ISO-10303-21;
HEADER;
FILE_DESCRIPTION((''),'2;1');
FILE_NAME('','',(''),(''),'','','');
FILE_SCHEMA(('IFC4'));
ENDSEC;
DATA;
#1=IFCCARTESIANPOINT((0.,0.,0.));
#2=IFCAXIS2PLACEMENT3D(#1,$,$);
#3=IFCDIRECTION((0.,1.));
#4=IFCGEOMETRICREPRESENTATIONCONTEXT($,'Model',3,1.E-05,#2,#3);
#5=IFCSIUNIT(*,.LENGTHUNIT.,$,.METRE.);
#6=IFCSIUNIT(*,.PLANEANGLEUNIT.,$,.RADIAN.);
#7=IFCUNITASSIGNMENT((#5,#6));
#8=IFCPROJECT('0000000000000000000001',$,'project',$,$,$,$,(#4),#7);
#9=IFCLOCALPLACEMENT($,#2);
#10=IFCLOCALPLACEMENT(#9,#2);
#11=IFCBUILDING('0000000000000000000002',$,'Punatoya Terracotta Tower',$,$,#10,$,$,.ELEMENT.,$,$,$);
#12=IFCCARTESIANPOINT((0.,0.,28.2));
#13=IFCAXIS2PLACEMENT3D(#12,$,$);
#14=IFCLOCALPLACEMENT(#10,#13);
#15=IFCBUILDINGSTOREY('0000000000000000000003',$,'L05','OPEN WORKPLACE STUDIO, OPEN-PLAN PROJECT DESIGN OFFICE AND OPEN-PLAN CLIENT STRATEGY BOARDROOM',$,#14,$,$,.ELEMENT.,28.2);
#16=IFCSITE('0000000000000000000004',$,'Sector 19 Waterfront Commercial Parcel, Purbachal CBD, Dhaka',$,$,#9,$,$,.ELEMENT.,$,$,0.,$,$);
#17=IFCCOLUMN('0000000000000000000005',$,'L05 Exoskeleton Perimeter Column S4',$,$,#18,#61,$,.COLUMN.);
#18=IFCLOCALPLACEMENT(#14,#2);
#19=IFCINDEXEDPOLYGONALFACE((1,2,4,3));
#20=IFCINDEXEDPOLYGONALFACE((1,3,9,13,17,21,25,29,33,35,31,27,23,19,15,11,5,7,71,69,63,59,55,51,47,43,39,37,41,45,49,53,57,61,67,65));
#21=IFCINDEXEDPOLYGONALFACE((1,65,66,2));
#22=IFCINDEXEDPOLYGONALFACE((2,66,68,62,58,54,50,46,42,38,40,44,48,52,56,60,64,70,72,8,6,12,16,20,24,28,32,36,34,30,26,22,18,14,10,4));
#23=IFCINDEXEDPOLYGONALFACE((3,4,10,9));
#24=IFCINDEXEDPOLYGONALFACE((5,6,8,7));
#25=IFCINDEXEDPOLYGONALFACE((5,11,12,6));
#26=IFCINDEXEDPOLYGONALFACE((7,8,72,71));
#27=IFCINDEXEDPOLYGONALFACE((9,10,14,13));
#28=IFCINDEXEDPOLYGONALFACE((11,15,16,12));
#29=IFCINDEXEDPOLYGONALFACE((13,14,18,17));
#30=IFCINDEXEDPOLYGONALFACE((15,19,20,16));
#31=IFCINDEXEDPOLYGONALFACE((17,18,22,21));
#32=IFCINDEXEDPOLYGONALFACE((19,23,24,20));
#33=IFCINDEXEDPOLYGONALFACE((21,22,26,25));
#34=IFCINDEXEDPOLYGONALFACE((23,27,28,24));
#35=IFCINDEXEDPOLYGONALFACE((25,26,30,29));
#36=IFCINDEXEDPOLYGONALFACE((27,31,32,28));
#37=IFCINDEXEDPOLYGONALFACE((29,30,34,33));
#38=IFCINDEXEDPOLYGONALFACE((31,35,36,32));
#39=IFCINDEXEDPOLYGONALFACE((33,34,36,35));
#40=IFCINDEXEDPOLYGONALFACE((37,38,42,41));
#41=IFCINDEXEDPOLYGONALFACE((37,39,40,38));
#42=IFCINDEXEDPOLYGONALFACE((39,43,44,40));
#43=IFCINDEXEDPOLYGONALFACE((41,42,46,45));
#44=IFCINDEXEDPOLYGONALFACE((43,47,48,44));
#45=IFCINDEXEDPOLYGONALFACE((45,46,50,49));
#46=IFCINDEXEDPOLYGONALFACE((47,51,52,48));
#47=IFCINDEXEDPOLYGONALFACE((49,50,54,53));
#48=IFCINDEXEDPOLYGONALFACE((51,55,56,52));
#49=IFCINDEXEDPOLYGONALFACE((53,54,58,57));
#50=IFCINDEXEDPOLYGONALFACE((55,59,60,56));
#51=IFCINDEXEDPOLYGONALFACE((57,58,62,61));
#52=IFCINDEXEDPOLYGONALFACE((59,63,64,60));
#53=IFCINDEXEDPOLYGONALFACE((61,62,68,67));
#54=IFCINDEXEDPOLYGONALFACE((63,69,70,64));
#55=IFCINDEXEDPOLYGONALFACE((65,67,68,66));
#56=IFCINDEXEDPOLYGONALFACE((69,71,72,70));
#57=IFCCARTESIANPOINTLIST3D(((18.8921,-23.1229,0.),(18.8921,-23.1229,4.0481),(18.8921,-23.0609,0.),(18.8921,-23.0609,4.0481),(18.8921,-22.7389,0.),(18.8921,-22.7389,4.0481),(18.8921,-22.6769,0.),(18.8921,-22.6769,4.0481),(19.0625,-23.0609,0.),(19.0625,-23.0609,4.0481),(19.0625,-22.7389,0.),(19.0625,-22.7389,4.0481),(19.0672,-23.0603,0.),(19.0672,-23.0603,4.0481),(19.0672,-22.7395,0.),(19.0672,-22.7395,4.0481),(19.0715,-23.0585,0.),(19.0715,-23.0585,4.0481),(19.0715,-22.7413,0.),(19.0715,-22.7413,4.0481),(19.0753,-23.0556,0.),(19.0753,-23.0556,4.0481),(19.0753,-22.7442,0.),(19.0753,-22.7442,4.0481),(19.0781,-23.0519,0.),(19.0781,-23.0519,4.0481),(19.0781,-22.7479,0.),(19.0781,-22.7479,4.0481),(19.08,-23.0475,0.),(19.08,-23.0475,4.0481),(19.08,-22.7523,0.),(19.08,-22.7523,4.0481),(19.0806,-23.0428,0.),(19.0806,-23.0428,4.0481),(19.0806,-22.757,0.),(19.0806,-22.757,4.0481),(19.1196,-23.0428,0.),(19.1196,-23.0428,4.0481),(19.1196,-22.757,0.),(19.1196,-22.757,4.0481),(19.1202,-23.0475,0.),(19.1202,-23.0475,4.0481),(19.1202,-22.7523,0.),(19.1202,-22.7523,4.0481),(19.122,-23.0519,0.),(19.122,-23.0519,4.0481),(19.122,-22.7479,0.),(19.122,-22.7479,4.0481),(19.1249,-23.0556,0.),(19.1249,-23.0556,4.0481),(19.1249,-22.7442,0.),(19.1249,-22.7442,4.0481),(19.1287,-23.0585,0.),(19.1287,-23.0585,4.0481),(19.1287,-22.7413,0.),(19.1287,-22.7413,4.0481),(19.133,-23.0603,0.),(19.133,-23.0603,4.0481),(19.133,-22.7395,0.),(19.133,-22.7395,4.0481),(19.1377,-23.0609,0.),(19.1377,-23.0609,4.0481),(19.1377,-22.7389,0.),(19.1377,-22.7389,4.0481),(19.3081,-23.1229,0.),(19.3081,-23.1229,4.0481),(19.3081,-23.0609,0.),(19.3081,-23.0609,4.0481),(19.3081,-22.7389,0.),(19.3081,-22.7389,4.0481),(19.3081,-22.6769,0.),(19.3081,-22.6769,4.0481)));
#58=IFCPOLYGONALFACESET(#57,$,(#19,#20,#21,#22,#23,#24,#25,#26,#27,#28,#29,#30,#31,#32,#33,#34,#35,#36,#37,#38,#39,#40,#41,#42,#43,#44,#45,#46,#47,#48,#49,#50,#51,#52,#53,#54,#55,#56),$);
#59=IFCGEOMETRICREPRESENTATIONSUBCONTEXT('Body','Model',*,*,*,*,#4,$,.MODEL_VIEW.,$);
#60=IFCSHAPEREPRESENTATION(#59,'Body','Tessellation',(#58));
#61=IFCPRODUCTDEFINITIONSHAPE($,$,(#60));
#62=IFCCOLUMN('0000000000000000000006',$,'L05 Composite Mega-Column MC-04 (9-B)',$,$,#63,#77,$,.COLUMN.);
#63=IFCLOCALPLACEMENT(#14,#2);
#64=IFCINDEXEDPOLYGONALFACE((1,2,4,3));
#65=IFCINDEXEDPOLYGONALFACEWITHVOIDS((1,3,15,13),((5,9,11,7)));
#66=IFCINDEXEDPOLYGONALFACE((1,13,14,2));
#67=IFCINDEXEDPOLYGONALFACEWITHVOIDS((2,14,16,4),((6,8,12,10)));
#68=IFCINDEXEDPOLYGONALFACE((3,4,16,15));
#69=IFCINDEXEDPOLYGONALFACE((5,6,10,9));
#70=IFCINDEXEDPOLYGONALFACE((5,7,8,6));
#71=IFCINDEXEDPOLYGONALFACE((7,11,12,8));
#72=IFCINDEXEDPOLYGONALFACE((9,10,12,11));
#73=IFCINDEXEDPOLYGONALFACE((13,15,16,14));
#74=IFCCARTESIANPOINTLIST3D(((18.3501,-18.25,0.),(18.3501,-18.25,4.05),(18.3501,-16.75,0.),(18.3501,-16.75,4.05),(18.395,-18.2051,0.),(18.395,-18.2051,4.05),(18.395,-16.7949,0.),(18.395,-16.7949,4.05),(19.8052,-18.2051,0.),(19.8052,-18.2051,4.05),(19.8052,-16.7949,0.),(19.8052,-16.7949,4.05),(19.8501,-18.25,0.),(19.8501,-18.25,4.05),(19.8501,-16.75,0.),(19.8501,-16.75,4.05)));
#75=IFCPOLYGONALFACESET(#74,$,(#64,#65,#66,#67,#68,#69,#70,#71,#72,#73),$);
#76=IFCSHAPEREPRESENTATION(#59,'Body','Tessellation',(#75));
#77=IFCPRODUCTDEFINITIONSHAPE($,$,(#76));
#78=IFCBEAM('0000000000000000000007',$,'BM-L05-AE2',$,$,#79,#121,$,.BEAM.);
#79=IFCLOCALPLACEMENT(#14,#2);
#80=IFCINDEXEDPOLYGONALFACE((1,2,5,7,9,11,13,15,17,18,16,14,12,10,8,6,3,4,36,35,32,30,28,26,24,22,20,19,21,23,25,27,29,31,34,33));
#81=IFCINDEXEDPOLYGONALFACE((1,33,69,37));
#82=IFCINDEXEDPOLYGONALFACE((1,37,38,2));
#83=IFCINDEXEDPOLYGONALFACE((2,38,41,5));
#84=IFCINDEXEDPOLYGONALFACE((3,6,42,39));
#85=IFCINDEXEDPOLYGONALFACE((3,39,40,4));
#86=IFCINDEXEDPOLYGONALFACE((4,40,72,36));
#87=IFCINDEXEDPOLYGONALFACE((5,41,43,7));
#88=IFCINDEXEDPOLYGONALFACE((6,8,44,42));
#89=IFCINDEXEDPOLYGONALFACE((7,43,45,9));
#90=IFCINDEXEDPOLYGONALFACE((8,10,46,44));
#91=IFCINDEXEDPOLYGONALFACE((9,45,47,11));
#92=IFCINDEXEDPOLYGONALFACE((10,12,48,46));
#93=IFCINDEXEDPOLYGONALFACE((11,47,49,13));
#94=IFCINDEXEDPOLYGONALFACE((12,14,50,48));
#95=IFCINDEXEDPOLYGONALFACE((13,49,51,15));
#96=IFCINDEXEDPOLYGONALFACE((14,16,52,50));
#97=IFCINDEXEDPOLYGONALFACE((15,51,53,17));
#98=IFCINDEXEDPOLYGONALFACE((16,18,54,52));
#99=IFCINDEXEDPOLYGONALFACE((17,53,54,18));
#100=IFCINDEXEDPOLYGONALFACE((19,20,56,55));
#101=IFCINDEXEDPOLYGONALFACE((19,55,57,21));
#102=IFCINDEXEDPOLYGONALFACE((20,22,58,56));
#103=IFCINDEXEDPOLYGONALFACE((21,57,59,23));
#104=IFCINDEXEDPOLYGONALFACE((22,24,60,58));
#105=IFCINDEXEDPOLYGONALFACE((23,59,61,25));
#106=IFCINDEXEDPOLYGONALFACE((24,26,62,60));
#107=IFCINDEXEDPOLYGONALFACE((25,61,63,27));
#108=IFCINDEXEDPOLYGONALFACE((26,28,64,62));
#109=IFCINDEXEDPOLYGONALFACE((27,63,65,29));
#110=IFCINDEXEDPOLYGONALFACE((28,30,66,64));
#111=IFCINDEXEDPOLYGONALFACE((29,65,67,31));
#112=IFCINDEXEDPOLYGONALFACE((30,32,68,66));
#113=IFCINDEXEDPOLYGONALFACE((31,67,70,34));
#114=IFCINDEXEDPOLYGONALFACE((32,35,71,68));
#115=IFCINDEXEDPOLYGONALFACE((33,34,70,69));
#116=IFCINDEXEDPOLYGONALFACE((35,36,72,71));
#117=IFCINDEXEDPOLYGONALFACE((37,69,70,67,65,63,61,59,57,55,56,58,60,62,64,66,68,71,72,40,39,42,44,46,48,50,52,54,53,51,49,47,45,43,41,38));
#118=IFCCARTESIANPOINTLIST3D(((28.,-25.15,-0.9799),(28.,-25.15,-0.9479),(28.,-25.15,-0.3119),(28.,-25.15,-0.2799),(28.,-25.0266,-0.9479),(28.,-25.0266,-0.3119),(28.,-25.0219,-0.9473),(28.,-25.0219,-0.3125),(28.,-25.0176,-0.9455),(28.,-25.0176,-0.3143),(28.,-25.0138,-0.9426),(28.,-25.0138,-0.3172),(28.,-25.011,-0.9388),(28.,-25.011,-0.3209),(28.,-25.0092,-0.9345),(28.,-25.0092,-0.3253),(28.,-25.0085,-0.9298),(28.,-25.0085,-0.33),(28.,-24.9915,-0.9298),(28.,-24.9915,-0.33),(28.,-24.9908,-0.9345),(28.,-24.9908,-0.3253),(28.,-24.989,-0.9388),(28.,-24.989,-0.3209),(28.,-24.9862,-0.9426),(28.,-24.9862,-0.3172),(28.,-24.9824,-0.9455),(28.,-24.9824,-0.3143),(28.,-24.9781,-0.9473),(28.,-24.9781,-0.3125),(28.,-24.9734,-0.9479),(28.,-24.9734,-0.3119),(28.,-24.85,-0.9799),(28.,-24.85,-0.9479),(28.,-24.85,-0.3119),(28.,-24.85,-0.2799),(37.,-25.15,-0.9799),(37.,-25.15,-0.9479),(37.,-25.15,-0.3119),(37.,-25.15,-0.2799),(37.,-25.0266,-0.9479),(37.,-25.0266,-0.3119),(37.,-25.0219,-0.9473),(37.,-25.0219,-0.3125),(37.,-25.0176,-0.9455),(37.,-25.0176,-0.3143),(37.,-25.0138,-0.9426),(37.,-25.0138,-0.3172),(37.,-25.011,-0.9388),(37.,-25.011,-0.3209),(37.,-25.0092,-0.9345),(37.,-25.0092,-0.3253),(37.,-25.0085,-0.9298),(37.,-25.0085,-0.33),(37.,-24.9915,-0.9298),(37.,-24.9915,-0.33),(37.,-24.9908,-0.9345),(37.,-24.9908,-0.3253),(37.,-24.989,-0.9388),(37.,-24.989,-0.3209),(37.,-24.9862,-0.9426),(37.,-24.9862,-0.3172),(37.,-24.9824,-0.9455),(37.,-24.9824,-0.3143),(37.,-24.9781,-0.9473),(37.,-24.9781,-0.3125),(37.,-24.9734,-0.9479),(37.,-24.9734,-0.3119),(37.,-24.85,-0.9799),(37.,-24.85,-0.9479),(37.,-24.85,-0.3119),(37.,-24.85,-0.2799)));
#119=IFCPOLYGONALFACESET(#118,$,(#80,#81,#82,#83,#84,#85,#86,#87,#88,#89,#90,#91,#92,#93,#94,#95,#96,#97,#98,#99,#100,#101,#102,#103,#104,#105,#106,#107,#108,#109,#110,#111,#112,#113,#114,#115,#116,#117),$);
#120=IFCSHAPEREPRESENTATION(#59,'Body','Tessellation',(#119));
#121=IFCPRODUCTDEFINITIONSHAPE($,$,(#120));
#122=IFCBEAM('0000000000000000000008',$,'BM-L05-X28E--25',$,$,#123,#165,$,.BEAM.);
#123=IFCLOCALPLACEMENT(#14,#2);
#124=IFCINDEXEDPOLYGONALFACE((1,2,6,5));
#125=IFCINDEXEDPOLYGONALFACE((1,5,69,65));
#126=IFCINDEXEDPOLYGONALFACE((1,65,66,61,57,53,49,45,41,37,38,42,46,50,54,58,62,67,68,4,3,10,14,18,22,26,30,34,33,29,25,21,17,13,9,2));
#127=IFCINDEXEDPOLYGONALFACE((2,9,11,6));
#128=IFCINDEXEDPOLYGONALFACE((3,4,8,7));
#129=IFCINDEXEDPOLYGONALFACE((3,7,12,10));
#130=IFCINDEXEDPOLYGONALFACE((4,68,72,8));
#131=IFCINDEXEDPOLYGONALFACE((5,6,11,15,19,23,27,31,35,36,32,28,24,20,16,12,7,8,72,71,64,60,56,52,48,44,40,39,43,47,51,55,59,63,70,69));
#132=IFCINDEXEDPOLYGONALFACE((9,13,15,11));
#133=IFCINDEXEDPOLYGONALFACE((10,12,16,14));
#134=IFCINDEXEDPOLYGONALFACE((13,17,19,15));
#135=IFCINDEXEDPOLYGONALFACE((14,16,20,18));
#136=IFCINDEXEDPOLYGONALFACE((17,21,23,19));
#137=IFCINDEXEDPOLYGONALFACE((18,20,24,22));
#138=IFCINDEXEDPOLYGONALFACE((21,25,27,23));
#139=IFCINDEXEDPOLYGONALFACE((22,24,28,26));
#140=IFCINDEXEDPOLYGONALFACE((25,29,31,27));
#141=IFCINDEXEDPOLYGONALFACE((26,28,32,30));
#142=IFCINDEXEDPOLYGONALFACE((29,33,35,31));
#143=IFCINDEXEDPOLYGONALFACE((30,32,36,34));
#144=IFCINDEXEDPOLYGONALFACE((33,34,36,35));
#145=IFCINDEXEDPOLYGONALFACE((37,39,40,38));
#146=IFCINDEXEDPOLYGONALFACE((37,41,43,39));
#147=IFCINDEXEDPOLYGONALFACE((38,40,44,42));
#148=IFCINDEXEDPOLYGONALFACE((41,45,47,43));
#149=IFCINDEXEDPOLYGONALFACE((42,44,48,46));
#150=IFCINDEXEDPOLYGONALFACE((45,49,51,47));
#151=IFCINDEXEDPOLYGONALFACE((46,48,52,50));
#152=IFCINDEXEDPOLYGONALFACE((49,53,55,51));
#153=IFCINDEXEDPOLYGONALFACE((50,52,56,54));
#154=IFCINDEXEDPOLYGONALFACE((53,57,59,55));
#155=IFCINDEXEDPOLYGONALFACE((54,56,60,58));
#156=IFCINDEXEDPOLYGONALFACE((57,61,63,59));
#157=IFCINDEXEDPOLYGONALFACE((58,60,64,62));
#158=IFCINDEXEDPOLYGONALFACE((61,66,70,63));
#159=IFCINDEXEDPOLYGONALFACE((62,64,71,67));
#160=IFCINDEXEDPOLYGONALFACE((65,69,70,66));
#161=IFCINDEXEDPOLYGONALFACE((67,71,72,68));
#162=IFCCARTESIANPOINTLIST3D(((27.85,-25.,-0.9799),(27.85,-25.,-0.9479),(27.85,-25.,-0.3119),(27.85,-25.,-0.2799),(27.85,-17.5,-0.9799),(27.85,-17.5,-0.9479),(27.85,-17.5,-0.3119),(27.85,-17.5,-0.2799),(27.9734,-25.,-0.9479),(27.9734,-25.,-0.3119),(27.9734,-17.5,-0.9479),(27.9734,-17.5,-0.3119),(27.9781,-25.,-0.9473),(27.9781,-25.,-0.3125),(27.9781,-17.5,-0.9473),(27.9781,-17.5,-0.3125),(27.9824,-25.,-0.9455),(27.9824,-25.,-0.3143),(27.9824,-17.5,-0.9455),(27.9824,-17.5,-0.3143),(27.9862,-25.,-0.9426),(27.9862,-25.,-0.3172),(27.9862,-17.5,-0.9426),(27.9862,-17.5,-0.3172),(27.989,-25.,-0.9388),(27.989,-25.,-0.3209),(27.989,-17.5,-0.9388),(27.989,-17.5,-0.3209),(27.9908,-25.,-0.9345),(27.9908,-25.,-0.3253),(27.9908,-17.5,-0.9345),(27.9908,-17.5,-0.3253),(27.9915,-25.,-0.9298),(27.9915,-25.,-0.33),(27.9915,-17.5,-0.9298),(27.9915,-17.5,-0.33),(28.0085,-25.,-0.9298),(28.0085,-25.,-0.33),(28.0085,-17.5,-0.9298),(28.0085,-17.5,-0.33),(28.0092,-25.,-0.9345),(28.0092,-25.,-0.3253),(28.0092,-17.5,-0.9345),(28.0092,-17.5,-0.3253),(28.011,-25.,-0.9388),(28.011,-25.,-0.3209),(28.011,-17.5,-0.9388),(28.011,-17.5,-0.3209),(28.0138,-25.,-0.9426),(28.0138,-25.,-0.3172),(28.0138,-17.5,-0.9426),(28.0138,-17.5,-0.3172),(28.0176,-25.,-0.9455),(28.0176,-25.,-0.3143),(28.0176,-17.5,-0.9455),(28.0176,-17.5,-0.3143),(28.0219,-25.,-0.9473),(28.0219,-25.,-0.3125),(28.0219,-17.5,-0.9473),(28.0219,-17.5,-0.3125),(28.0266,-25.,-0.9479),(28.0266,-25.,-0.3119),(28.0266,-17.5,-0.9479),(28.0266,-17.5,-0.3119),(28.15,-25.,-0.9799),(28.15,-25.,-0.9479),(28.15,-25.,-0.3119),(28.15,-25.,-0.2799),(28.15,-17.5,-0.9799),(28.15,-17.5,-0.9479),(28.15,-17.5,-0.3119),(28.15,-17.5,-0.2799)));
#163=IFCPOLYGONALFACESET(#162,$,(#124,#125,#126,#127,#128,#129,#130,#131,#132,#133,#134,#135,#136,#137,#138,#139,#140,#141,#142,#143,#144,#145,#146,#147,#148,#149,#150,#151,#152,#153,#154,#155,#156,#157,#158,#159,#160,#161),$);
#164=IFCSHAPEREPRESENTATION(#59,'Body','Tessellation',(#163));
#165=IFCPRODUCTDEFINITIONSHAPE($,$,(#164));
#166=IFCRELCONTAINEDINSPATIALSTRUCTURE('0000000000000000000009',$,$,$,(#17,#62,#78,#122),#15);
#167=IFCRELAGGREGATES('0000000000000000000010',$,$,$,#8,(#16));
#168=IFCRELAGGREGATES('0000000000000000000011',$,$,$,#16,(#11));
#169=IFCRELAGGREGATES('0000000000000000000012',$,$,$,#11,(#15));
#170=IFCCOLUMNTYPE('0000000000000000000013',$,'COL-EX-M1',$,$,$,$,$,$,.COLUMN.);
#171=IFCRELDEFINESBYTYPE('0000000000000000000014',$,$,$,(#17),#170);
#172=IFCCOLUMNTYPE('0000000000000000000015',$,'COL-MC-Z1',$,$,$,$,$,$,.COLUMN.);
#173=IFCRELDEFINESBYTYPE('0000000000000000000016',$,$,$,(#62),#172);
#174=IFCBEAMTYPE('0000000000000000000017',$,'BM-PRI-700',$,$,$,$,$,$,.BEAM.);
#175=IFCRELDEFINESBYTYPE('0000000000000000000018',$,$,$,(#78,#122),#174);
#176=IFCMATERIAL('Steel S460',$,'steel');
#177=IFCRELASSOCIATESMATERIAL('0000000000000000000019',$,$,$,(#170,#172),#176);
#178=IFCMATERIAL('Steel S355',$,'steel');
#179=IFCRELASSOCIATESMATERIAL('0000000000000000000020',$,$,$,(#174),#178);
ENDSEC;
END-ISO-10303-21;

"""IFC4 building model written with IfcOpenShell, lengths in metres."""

from ifc_helpers import new_model, si_unit, direction, frame, origin, origin_2d, place, context, subcontext, project, spatial, hollow_rectangle, i_section, extrude, material, material_profile, profile_set, type_object, element, save


model = new_model("IFC4")

# Units and contexts
model_context = context("Model", 3, precision=1e-05, world=origin(), true_north=direction((0.0, 1.0)))
body_context = subcontext(model_context, "Body", "Model", "MODEL_VIEW")
ifc_project = project(units=[si_unit("LENGTHUNIT", "METRE"), si_unit("PLANEANGLEUNIT", "RADIAN")], contexts=[model_context])

# Site, building, storey
site_placement = place(None, origin())
site = spatial("IfcSite", under=ifc_project, at=site_placement, Name="Sector 19 Waterfront Commercial Parcel, Purbachal CBD, Dhaka", CompositionType="ELEMENT", RefElevation=0.0)
building_placement = place(site_placement, origin())
building = spatial("IfcBuilding", under=site, at=building_placement, Name="Punatoya Terracotta Tower", CompositionType="ELEMENT")
storey_placement = place(building_placement, frame((0.0, 0.0, 28.2)))
storey = spatial("IfcBuildingStorey", under=building, at=storey_placement, Name="L05", Description="OPEN WORKPLACE STUDIO, OPEN-PLAN PROJECT DESIGN OFFICE AND OPEN-PLAN CLIENT STRATEGY BOARDROOM", CompositionType="ELEMENT", Elevation=28.2)

# Columns
ifc_material_1 = material(Name="Steel S460", Category="steel")
ifc_material_profile_1 = material_profile(ifc_material_1, i_section(OverallWidth=0.416, OverallDepth=0.446, WebThickness=0.0391, FlangeThickness=0.062, FilletRadius=0.0181, at=origin_2d()))
ifc_profile_set_1 = profile_set([ifc_material_profile_1], Name="Steel S460")
column_type_1 = type_object("IfcColumnType", Name="COL-EX-M1", PredefinedType="COLUMN", material=ifc_profile_set_1)
column_1_placement = place(storey_placement, frame((19.1001, -22.8999, 0.0), z_axis=(0.0, 0.0, 1.0), x_axis=(1.0, 0.0, 0.0)))
element("IfcColumn", 1, at=column_1_placement, inside=storey, type_object=column_type_1, Name="L05 Exoskeleton Perimeter Column S4", PredefinedType="COLUMN", context=body_context, shape_type="SweptSolid", body=[
    extrude(i_section(OverallWidth=0.416, OverallDepth=0.446, WebThickness=0.0391, FlangeThickness=0.062, FilletRadius=0.0181, at=origin_2d()), origin(), (0.0, 0.0, 1.0), 4.0481),
])
ifc_material_profile_2 = material_profile(ifc_material_1, hollow_rectangle(XDim=1.5, YDim=1.5, WallThickness=0.0449, at=origin_2d()))
ifc_profile_set_2 = profile_set([ifc_material_profile_2], Name="Steel S460")
column_type_2 = type_object("IfcColumnType", Name="COL-MC-Z1", PredefinedType="COLUMN", material=ifc_profile_set_2)
column_2_placement = place(storey_placement, frame((19.1001, -17.5, 0.0), z_axis=(0.0, 0.0, 1.0), x_axis=(1.0, 0.0, 0.0)))
element("IfcColumn", 2, at=column_2_placement, inside=storey, type_object=column_type_2, Name="L05 Composite Mega-Column MC-04 (9-B)", PredefinedType="COLUMN", context=body_context, shape_type="SweptSolid", body=[
    extrude(hollow_rectangle(XDim=1.5, YDim=1.5, WallThickness=0.0449, at=origin_2d()), origin(), (0.0, 0.0, 1.0), 4.05),
])

# Beams
ifc_material_2 = material(Name="Steel S355", Category="steel")
ifc_material_profile_3 = material_profile(ifc_material_2, i_section(OverallWidth=0.3, OverallDepth=0.7, WebThickness=0.0171, FlangeThickness=0.032, FilletRadius=0.0181, at=origin_2d()))
ifc_profile_set_3 = profile_set([ifc_material_profile_3], Name="Steel S355")
beam_type_1 = type_object("IfcBeamType", Name="BM-PRI-700", PredefinedType="BEAM", material=ifc_profile_set_3)
beam_1_placement = place(storey_placement, frame((28.0, -25.0, -0.6299), z_axis=(1.0, 0.0, 0.0), x_axis=(0.0, 1.0, 0.0)))
element("IfcBeam", 3, at=beam_1_placement, inside=storey, type_object=beam_type_1, Name="BM-L05-AE2", PredefinedType="BEAM", context=body_context, shape_type="SweptSolid", body=[
    extrude(i_section(OverallWidth=0.3, OverallDepth=0.7, WebThickness=0.0171, FlangeThickness=0.032, FilletRadius=0.0181, at=origin_2d()), origin(), (0.0, 0.0, 1.0), 9.0),
])
beam_2_placement = place(storey_placement, frame((28.0, -25.0, -0.6299), z_axis=(0.0, 1.0, 0.0), x_axis=(-1.0, 0.0, 0.0)))
element("IfcBeam", 4, at=beam_2_placement, inside=storey, type_object=beam_type_1, Name="BM-L05-X28E--25", PredefinedType="BEAM", context=body_context, shape_type="SweptSolid", body=[
    extrude(i_section(OverallWidth=0.3, OverallDepth=0.7, WebThickness=0.0171, FlangeThickness=0.032, FilletRadius=0.0181, at=origin_2d()), origin(), (0.0, 0.0, 1.0), 7.5),
])

save(model, "model.ifc")
